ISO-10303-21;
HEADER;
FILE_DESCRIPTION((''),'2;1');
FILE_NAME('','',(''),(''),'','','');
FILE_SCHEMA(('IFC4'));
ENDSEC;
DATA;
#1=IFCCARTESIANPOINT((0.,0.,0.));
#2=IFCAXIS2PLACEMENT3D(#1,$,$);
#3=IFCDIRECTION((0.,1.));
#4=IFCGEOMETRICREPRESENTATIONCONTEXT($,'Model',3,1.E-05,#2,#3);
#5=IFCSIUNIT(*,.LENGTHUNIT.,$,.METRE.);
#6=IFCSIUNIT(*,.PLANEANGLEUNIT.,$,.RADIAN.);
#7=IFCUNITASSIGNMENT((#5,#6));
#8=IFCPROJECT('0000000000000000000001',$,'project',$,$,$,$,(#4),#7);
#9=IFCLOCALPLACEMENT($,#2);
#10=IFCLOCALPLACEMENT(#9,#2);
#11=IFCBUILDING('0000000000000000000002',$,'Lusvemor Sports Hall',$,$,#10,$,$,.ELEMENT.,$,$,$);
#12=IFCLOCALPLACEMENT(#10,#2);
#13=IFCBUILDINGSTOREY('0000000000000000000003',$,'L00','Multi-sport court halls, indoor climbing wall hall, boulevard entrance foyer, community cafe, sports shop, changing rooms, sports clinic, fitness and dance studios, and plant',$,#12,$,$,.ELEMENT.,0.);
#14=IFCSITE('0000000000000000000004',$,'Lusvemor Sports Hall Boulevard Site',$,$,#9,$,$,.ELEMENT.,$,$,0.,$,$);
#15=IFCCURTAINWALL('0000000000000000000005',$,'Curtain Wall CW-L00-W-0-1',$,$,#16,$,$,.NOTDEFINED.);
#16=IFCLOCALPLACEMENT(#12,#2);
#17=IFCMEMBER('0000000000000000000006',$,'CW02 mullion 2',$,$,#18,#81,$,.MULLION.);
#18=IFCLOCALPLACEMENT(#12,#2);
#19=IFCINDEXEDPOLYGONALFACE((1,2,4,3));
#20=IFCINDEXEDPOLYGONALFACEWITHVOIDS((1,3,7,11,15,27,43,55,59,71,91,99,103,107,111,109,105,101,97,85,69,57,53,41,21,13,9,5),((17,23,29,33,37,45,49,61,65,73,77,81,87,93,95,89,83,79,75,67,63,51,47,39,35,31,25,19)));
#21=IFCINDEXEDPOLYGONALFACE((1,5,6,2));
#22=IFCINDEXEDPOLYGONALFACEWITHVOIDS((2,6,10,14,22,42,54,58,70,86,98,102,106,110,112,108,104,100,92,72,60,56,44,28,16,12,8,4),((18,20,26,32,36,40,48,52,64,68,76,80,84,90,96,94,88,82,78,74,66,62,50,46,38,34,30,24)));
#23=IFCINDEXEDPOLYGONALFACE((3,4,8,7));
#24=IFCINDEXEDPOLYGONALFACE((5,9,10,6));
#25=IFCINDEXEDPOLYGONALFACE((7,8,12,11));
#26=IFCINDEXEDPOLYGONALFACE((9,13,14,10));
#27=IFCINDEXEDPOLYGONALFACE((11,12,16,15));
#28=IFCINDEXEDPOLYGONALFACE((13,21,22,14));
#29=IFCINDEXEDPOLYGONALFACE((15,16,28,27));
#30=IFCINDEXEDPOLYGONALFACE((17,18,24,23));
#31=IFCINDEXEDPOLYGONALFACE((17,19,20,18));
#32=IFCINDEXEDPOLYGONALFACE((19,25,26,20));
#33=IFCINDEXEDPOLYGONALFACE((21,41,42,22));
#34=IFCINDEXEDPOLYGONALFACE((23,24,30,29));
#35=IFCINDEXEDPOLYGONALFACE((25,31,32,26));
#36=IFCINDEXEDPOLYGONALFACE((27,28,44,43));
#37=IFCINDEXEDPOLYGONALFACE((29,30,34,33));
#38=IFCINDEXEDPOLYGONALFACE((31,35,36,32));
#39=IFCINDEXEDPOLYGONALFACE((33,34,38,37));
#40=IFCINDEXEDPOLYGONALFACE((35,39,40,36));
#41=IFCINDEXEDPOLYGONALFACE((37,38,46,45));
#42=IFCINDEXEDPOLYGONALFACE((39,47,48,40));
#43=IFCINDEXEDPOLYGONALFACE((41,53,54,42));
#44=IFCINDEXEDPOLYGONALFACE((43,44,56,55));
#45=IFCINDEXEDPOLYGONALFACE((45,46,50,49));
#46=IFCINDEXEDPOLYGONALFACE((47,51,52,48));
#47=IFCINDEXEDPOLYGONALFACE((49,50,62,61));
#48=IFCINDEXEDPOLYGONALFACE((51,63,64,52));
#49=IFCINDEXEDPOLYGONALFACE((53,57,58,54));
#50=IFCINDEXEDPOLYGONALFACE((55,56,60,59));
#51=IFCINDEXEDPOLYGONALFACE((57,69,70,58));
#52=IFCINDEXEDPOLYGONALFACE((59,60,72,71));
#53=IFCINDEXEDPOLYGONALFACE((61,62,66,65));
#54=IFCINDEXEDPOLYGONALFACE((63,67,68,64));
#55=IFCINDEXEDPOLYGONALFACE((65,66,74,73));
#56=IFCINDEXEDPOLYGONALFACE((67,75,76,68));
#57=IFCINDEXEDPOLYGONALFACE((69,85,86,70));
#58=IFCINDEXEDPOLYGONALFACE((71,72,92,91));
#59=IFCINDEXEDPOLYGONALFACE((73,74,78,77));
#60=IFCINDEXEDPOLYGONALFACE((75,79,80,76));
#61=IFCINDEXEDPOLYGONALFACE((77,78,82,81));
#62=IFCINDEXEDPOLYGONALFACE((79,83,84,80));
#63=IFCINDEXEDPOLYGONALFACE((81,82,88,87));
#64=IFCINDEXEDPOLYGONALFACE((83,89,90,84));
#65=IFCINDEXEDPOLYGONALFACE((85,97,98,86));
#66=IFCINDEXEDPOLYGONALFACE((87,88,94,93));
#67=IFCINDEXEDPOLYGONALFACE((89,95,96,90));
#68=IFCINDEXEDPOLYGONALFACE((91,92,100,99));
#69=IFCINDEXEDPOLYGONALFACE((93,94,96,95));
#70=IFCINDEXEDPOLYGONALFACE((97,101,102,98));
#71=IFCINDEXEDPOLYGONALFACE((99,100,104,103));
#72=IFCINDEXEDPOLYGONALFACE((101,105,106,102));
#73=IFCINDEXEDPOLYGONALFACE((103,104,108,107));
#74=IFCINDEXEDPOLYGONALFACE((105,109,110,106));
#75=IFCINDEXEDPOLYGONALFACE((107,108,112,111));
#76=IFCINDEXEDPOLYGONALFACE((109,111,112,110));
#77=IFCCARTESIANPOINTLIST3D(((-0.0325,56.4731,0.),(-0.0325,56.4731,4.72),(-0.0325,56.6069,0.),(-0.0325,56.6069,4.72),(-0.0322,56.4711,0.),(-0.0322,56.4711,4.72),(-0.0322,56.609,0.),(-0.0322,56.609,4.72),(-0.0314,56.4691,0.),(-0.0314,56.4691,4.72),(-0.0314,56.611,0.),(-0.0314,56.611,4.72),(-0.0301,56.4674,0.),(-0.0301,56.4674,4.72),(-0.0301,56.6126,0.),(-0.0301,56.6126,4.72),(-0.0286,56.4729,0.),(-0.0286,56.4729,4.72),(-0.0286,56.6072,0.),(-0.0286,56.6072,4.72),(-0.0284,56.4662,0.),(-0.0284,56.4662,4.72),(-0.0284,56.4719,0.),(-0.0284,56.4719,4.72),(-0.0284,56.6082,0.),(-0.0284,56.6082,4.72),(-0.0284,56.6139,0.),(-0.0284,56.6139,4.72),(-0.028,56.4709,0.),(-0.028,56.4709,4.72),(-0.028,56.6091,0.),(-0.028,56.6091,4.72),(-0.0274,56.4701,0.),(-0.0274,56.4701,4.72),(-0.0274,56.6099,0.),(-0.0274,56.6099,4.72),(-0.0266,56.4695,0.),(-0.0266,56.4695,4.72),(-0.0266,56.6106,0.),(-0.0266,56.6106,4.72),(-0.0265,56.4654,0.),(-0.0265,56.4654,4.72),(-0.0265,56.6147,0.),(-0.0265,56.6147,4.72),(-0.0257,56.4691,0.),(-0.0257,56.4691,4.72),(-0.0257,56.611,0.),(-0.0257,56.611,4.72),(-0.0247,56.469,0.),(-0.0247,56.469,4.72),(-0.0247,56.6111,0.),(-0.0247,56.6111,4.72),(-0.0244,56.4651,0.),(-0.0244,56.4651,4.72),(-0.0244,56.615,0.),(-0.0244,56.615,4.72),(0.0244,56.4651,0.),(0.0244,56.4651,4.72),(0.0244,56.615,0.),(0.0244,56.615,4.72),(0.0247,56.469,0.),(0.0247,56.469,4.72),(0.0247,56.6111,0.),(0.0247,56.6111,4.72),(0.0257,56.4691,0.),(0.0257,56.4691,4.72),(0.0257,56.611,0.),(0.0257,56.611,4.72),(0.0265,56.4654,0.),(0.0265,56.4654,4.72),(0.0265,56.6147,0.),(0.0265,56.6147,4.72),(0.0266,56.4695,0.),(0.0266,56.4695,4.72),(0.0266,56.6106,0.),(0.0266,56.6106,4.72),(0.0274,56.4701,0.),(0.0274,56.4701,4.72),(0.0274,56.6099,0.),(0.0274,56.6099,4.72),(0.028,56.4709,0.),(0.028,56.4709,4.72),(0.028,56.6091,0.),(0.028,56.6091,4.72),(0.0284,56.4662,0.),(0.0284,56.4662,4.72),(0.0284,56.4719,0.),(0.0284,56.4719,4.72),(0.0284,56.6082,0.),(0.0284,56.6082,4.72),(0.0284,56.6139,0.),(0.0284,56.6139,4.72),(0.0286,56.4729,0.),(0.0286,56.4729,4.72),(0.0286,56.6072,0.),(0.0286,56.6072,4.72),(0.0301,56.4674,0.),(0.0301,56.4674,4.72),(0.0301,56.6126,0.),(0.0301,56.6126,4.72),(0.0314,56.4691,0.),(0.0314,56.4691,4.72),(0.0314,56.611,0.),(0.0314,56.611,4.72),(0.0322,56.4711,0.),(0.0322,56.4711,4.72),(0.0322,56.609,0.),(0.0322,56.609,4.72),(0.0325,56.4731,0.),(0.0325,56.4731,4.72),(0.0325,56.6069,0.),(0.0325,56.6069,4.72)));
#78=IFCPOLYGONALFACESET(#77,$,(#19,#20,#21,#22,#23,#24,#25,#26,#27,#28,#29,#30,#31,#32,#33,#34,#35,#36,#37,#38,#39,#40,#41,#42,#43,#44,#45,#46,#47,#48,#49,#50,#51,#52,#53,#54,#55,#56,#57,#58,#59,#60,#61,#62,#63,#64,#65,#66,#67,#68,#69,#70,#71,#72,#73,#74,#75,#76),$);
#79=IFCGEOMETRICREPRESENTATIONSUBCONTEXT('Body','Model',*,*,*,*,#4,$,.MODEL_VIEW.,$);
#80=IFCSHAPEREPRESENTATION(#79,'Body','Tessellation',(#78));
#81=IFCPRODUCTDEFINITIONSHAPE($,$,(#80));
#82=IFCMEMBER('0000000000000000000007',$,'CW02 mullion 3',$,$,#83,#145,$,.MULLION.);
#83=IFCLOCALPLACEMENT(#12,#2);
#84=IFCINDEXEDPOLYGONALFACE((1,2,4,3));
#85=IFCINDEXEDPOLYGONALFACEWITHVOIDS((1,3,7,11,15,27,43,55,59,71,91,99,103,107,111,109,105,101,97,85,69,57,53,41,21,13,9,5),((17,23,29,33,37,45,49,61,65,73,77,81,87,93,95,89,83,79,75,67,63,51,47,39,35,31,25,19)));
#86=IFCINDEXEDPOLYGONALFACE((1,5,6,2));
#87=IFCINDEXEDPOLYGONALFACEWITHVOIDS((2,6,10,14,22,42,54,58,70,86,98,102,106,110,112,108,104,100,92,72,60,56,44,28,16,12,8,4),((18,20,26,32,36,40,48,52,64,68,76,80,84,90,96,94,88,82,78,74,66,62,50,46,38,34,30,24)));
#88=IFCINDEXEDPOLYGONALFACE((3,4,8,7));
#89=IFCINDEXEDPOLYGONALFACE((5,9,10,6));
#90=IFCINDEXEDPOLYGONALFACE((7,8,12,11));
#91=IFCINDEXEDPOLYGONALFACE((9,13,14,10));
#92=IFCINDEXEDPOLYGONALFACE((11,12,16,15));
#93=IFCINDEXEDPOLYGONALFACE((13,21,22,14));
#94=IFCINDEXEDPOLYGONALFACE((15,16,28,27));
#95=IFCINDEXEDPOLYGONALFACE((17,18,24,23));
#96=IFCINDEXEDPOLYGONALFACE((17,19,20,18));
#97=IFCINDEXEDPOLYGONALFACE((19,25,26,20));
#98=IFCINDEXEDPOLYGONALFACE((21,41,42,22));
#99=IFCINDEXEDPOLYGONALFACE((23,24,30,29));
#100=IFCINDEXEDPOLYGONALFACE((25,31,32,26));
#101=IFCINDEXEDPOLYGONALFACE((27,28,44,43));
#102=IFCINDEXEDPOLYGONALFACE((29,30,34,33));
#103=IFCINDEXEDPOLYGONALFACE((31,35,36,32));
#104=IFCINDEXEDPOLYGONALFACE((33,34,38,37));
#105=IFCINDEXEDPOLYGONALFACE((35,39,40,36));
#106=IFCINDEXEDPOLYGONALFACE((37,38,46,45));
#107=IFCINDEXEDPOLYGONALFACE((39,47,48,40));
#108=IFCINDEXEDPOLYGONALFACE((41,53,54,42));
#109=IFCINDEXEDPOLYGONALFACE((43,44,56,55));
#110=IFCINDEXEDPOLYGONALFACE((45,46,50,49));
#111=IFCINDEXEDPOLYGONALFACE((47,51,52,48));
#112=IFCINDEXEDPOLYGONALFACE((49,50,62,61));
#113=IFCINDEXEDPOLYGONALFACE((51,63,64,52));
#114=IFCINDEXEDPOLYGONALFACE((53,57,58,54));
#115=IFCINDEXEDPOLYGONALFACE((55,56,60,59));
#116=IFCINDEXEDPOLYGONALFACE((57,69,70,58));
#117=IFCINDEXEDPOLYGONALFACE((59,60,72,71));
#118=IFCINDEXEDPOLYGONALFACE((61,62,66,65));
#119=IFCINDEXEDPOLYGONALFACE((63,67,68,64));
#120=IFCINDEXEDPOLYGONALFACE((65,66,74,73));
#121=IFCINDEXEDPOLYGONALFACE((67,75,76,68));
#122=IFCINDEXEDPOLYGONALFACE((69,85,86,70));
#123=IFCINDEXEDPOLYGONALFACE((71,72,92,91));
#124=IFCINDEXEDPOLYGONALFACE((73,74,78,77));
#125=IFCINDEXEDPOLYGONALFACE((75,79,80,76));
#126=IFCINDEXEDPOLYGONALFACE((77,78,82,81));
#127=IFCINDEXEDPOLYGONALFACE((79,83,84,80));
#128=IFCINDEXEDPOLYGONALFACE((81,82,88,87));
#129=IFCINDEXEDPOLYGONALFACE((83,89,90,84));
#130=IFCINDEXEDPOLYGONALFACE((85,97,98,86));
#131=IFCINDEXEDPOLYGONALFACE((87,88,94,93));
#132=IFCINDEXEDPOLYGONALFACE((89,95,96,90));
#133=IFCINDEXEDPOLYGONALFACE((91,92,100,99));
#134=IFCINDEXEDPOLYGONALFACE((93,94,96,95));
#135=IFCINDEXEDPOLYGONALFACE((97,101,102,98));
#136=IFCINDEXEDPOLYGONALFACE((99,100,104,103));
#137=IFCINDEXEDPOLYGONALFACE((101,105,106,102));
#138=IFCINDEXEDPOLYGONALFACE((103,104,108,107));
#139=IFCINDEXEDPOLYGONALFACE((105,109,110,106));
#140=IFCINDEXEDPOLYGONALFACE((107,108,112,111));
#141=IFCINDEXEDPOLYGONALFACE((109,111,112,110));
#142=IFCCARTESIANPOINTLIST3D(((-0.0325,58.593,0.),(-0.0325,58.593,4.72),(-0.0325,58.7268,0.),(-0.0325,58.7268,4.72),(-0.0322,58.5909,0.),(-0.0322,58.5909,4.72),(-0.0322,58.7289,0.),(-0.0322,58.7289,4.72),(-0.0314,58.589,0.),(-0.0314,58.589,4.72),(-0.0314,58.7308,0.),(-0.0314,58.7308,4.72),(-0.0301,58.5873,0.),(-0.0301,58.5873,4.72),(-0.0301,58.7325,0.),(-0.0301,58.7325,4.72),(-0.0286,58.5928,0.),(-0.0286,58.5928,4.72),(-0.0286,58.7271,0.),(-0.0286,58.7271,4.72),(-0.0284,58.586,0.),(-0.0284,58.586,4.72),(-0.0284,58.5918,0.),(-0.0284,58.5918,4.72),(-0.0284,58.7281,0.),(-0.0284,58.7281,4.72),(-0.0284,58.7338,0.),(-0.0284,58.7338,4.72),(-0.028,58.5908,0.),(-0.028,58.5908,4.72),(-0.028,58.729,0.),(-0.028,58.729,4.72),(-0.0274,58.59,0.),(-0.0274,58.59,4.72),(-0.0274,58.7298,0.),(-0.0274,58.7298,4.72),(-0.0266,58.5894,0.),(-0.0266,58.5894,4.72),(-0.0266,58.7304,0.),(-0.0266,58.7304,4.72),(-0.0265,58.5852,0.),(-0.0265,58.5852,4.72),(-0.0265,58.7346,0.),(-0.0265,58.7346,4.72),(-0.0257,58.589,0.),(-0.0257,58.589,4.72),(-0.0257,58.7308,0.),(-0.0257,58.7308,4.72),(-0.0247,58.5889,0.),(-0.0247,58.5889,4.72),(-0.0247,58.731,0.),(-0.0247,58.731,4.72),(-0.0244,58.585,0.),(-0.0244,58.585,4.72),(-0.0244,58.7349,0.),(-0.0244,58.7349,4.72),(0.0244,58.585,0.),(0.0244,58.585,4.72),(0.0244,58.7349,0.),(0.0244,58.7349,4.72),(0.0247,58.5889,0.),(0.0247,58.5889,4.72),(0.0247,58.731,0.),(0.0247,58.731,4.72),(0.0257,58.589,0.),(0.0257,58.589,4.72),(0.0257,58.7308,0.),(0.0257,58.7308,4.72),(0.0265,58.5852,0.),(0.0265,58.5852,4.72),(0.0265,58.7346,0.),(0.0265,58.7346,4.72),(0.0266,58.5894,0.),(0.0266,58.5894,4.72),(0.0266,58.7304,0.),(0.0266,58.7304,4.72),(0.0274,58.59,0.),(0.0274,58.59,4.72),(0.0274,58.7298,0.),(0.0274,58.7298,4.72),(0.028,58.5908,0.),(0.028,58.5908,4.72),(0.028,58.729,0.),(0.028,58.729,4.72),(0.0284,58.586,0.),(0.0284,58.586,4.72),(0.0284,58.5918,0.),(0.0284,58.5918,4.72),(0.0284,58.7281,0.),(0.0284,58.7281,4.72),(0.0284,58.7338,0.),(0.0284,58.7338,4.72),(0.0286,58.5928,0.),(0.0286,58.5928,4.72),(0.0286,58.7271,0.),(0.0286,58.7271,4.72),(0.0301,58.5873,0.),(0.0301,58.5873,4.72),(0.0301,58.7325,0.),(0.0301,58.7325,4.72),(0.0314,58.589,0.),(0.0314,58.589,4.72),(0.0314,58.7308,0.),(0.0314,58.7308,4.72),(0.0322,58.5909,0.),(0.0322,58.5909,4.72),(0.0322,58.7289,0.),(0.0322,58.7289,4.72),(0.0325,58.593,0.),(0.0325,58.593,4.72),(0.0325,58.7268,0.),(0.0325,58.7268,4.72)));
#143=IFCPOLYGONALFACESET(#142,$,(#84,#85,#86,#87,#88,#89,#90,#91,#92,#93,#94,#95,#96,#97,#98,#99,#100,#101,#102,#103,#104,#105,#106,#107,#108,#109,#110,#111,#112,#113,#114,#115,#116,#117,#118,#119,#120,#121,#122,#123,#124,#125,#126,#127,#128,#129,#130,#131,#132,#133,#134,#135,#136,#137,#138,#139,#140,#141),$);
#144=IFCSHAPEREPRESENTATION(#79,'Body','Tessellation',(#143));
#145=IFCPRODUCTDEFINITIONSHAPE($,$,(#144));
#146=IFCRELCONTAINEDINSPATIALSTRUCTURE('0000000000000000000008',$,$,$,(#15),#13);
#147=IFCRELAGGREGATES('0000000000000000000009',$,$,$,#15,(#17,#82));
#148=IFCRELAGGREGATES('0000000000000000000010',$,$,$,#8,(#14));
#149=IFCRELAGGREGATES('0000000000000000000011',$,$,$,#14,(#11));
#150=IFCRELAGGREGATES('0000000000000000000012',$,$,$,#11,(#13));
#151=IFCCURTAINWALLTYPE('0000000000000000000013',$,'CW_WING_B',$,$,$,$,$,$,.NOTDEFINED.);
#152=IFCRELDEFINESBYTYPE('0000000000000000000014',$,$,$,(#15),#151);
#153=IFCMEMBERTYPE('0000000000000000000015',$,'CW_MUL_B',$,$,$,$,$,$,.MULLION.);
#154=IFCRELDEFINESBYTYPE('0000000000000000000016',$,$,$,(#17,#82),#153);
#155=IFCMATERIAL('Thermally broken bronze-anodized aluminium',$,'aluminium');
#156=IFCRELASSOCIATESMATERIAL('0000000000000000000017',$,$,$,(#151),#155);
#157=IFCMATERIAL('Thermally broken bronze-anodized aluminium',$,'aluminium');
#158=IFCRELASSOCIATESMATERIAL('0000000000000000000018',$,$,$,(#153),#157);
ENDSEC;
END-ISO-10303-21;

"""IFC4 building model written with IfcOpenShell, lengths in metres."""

from ifc_helpers import new_model, si_unit, direction, frame, origin, origin_2d, place, context, subcontext, project, spatial, hollow_rectangle, extrude, material, material_profile, profile_set, type_object, element, aggregate, save


model = new_model("IFC4")

# Units and contexts
model_context = context("Model", 3, precision=1e-05, world=origin(), true_north=direction((0.0, 1.0)))
body_context = subcontext(model_context, "Body", "Model", "MODEL_VIEW")
ifc_project = project(units=[si_unit("LENGTHUNIT", "METRE"), si_unit("PLANEANGLEUNIT", "RADIAN")], contexts=[model_context])

# Site, building, storey
site_placement = place(None, origin())
site = spatial("IfcSite", under=ifc_project, at=site_placement, Name="Lusvemor Sports Hall Boulevard Site", CompositionType="ELEMENT", RefElevation=0.0)
building_placement = place(site_placement, origin())
building = spatial("IfcBuilding", under=site, at=building_placement, Name="Lusvemor Sports Hall", CompositionType="ELEMENT")
storey_placement = place(building_placement, origin())
storey = spatial("IfcBuildingStorey", under=building, at=storey_placement, Name="L00", Description="Multi-sport court halls, indoor climbing wall hall, boulevard entrance foyer, community cafe, sports shop, changing rooms, sports clinic, fitness and dance studios, and plant", CompositionType="ELEMENT", Elevation=0.0)

# Curtain wall, members
ifc_material_1 = material(Name="Thermally broken bronze-anodized aluminium", Category="aluminium")
curtain_wall_type = type_object("IfcCurtainWallType", Name="CW_WING_B", PredefinedType="NOTDEFINED", material=ifc_material_1)
curtain_wall_placement = place(storey_placement, origin())
curtain_wall = element("IfcCurtainWall", 1, at=curtain_wall_placement, inside=storey, type_object=curtain_wall_type, Name="Curtain Wall CW-L00-W-0-1", PredefinedType="NOTDEFINED")
ifc_material_2 = material(Name="Thermally broken bronze-anodized aluminium", Category="aluminium")
ifc_material_profile_1 = material_profile(ifc_material_2, hollow_rectangle(XDim=0.0649, YDim=0.1499, WallThickness=0.0039, InnerFilletRadius=0.0039, OuterFilletRadius=0.0081, at=origin_2d()), Name="CWMUL150x65x4")
ifc_profile_set_1 = profile_set([ifc_material_profile_1], Name="Thermally broken bronze-anodized aluminium")
member_type_1 = type_object("IfcMemberType", Name="CW_MUL_B", PredefinedType="MULLION", material=ifc_profile_set_1)
member_1_placement = place(storey_placement, frame((0.0, 56.54, 0.0), z_axis=(0.0, 0.0, 1.0), x_axis=(-1.0, 0.0, 0.0)))
member_1 = element("IfcMember", 2, at=member_1_placement, type_object=member_type_1, Name="CW02 mullion 2", PredefinedType="MULLION", context=body_context, shape_type="SweptSolid", body=[
    extrude(hollow_rectangle(XDim=0.0649, YDim=0.1499, WallThickness=0.0039, InnerFilletRadius=0.0039, OuterFilletRadius=0.0081, at=origin_2d()), origin(), (0.0, 0.0, 1.0), 4.72),
])
member_2_placement = place(storey_placement, frame((0.0, 58.6599, 0.0), z_axis=(0.0, 0.0, 1.0), x_axis=(-1.0, 0.0, 0.0)))
member_2 = element("IfcMember", 3, at=member_2_placement, type_object=member_type_1, Name="CW02 mullion 3", PredefinedType="MULLION", context=body_context, shape_type="SweptSolid", body=[
    extrude(hollow_rectangle(XDim=0.0649, YDim=0.1499, WallThickness=0.0039, InnerFilletRadius=0.0039, OuterFilletRadius=0.0081, at=origin_2d()), origin(), (0.0, 0.0, 1.0), 4.72),
])
aggregate(curtain_wall, [member_1, member_2])

save(model, "model.ifc")
